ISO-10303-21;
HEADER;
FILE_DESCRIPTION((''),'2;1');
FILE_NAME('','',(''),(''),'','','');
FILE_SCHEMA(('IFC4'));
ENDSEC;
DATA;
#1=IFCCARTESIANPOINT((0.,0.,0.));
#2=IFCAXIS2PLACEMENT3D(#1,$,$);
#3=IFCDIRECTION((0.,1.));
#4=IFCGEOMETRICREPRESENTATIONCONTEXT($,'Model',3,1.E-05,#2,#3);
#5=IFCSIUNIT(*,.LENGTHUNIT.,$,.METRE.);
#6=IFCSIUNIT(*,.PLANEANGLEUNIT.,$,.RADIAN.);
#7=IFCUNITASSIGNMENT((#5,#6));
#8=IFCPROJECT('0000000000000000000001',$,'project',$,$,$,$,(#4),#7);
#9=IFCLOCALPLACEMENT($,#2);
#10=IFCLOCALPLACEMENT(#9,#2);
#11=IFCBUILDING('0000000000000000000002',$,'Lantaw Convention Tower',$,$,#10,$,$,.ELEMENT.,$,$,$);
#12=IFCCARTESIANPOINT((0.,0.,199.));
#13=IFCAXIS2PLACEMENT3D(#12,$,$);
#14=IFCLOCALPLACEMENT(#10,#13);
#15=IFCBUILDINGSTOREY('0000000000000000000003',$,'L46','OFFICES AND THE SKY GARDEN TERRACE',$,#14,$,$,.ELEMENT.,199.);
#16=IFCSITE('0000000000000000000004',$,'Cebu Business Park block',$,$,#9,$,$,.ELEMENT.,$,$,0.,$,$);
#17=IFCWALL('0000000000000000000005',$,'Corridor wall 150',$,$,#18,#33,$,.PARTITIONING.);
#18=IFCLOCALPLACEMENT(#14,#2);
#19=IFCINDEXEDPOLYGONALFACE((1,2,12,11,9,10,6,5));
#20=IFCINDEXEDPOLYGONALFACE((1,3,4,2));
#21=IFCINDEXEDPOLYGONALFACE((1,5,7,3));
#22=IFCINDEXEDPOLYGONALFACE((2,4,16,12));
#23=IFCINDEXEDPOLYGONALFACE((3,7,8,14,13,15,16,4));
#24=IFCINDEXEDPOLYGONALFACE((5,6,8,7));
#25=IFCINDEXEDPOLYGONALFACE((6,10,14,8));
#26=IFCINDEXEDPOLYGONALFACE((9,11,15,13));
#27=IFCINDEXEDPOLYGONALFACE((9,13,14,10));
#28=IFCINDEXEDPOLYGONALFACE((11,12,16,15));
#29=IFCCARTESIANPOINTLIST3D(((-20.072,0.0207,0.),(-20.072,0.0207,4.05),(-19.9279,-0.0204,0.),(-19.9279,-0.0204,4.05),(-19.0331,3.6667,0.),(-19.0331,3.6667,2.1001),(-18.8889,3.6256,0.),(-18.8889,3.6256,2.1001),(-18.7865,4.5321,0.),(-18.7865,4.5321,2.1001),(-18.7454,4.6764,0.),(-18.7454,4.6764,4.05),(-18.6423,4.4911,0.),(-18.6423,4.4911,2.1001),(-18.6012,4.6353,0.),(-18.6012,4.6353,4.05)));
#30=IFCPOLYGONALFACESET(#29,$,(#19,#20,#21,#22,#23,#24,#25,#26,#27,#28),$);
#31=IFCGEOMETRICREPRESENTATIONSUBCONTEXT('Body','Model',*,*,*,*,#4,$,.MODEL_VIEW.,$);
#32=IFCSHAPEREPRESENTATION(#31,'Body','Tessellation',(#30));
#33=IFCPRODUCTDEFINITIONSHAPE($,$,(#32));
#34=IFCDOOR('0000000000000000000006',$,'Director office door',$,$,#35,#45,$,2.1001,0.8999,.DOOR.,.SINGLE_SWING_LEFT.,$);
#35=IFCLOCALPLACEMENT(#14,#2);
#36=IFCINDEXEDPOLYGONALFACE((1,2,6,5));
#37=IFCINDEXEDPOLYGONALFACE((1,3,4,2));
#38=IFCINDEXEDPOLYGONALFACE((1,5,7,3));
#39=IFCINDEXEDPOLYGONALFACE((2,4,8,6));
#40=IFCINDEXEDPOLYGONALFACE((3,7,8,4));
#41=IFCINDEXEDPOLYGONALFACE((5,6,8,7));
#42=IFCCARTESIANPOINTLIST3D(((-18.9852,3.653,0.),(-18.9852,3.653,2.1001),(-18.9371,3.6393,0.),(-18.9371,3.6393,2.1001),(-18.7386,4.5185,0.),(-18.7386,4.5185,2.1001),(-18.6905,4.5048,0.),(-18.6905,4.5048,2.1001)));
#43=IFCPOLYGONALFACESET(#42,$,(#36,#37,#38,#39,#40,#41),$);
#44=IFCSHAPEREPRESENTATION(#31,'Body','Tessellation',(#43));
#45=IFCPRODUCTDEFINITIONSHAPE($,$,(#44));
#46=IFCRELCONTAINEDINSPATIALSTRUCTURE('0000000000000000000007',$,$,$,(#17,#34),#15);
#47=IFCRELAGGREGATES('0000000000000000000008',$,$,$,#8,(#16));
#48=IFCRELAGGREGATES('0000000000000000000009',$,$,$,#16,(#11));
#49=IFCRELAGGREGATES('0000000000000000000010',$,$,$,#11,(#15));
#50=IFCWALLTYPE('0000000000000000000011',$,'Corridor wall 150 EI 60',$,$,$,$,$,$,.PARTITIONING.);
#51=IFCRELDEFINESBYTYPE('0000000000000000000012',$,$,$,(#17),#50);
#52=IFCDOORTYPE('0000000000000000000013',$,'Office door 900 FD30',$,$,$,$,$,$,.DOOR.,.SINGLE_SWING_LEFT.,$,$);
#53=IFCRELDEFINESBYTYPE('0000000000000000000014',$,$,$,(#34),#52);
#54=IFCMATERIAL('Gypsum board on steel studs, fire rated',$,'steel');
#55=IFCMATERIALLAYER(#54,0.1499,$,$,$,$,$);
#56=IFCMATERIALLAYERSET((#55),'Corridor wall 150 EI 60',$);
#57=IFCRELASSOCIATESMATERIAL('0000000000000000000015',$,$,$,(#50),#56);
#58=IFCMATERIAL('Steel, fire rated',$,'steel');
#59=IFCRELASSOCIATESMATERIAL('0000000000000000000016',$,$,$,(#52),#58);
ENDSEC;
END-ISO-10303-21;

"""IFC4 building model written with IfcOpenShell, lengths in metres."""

from ifc_helpers import new_model, si_unit, direction, frame, frame_2d, origin, place, context, subcontext, project, spatial, rectangle, extrude, material, layer, layer_set, type_object, element, fill, save


model = new_model("IFC4")

# Units and contexts
model_context = context("Model", 3, precision=1e-05, world=origin(), true_north=direction((0.0, 1.0)))
body_context = subcontext(model_context, "Body", "Model", "MODEL_VIEW")
ifc_project = project(units=[si_unit("LENGTHUNIT", "METRE"), si_unit("PLANEANGLEUNIT", "RADIAN")], contexts=[model_context])

# Site, building, storey
site_placement = place(None, origin())
site = spatial("IfcSite", under=ifc_project, at=site_placement, Name="Cebu Business Park block", CompositionType="ELEMENT", RefElevation=0.0)
building_placement = place(site_placement, origin())
building = spatial("IfcBuilding", under=site, at=building_placement, Name="Lantaw Convention Tower", CompositionType="ELEMENT")
storey_placement = place(building_placement, frame((0.0, 0.0, 199.0)))
storey = spatial("IfcBuildingStorey", under=building, at=storey_placement, Name="L46", Description="OFFICES AND THE SKY GARDEN TERRACE", CompositionType="ELEMENT", Elevation=199.0)

# Shared definitions
ifc_material_1 = material(Name="Gypsum board on steel studs, fire rated", Category="steel")
ifc_layer_1 = layer(ifc_material_1, 0.1499)
ifc_layer_set_1 = layer_set([ifc_layer_1], Name="Corridor wall 150 EI 60")
wall_type_1 = type_object("IfcWallType", Name="Corridor wall 150 EI 60", PredefinedType="PARTITIONING", material=ifc_layer_set_1)

# Wall, opening, door
wall_1_placement = place(storey_placement, frame((-18.6733, 4.6558, 0.0), z_axis=(0.0, 0.0, 1.0), x_axis=(-0.274042, -0.961718, 0.0)))
wall_1 = element("IfcWall", 1, at=wall_1_placement, inside=storey, type_object=wall_type_1, Name="Corridor wall 150", PredefinedType="PARTITIONING", context=body_context, shape_type="SweptSolid", body=[
    extrude(rectangle(XDim=4.8411, YDim=0.1499, at=frame_2d((2.4204, 0.0))), origin(), (0.0, 0.0, 1.0), 4.05),
])
opening_1_placement = place(wall_1_placement, frame((0.1499, 0.0, 0.0)))
opening_1 = element("IfcOpeningElement", 2, at=opening_1_placement, cuts=wall_1, PredefinedType="OPENING", context=body_context, shape_type="SweptSolid", body=[
    extrude(rectangle(XDim=0.8999, YDim=2.1001, at=frame_2d((0.45, 1.05))), frame((0.0, 0.085, 0.0), z_axis=(0.0, -1.0, 0.0), x_axis=(1.0, 0.0, 0.0)), (0.0, 0.0, 1.0), 0.1699),
])
ifc_material_2 = material(Name="Steel, fire rated", Category="steel")
door_type_1 = type_object("IfcDoorType", Name="Office door 900 FD30", OperationType="SINGLE_SWING_LEFT", PredefinedType="DOOR", material=ifc_material_2)
door_1_placement = place(opening_1_placement, origin())
door_1 = element("IfcDoor", 3, at=door_1_placement, inside=storey, type_object=door_type_1, Name="Director office door", OperationType="SINGLE_SWING_LEFT", OverallHeight=2.1001, OverallWidth=0.8999, PredefinedType="DOOR", context=body_context, shape_type="SweptSolid", body=[
    extrude(rectangle(XDim=0.8999, YDim=2.1001, at=frame_2d((0.45, 1.05))), frame((0.0, 0.0249, 0.0), z_axis=(0.0, -1.0, 0.0), x_axis=(1.0, 0.0, 0.0)), (0.0, 0.0, 1.0), 0.05),
])
fill(opening_1, door_1)

save(model, "model.ifc")
